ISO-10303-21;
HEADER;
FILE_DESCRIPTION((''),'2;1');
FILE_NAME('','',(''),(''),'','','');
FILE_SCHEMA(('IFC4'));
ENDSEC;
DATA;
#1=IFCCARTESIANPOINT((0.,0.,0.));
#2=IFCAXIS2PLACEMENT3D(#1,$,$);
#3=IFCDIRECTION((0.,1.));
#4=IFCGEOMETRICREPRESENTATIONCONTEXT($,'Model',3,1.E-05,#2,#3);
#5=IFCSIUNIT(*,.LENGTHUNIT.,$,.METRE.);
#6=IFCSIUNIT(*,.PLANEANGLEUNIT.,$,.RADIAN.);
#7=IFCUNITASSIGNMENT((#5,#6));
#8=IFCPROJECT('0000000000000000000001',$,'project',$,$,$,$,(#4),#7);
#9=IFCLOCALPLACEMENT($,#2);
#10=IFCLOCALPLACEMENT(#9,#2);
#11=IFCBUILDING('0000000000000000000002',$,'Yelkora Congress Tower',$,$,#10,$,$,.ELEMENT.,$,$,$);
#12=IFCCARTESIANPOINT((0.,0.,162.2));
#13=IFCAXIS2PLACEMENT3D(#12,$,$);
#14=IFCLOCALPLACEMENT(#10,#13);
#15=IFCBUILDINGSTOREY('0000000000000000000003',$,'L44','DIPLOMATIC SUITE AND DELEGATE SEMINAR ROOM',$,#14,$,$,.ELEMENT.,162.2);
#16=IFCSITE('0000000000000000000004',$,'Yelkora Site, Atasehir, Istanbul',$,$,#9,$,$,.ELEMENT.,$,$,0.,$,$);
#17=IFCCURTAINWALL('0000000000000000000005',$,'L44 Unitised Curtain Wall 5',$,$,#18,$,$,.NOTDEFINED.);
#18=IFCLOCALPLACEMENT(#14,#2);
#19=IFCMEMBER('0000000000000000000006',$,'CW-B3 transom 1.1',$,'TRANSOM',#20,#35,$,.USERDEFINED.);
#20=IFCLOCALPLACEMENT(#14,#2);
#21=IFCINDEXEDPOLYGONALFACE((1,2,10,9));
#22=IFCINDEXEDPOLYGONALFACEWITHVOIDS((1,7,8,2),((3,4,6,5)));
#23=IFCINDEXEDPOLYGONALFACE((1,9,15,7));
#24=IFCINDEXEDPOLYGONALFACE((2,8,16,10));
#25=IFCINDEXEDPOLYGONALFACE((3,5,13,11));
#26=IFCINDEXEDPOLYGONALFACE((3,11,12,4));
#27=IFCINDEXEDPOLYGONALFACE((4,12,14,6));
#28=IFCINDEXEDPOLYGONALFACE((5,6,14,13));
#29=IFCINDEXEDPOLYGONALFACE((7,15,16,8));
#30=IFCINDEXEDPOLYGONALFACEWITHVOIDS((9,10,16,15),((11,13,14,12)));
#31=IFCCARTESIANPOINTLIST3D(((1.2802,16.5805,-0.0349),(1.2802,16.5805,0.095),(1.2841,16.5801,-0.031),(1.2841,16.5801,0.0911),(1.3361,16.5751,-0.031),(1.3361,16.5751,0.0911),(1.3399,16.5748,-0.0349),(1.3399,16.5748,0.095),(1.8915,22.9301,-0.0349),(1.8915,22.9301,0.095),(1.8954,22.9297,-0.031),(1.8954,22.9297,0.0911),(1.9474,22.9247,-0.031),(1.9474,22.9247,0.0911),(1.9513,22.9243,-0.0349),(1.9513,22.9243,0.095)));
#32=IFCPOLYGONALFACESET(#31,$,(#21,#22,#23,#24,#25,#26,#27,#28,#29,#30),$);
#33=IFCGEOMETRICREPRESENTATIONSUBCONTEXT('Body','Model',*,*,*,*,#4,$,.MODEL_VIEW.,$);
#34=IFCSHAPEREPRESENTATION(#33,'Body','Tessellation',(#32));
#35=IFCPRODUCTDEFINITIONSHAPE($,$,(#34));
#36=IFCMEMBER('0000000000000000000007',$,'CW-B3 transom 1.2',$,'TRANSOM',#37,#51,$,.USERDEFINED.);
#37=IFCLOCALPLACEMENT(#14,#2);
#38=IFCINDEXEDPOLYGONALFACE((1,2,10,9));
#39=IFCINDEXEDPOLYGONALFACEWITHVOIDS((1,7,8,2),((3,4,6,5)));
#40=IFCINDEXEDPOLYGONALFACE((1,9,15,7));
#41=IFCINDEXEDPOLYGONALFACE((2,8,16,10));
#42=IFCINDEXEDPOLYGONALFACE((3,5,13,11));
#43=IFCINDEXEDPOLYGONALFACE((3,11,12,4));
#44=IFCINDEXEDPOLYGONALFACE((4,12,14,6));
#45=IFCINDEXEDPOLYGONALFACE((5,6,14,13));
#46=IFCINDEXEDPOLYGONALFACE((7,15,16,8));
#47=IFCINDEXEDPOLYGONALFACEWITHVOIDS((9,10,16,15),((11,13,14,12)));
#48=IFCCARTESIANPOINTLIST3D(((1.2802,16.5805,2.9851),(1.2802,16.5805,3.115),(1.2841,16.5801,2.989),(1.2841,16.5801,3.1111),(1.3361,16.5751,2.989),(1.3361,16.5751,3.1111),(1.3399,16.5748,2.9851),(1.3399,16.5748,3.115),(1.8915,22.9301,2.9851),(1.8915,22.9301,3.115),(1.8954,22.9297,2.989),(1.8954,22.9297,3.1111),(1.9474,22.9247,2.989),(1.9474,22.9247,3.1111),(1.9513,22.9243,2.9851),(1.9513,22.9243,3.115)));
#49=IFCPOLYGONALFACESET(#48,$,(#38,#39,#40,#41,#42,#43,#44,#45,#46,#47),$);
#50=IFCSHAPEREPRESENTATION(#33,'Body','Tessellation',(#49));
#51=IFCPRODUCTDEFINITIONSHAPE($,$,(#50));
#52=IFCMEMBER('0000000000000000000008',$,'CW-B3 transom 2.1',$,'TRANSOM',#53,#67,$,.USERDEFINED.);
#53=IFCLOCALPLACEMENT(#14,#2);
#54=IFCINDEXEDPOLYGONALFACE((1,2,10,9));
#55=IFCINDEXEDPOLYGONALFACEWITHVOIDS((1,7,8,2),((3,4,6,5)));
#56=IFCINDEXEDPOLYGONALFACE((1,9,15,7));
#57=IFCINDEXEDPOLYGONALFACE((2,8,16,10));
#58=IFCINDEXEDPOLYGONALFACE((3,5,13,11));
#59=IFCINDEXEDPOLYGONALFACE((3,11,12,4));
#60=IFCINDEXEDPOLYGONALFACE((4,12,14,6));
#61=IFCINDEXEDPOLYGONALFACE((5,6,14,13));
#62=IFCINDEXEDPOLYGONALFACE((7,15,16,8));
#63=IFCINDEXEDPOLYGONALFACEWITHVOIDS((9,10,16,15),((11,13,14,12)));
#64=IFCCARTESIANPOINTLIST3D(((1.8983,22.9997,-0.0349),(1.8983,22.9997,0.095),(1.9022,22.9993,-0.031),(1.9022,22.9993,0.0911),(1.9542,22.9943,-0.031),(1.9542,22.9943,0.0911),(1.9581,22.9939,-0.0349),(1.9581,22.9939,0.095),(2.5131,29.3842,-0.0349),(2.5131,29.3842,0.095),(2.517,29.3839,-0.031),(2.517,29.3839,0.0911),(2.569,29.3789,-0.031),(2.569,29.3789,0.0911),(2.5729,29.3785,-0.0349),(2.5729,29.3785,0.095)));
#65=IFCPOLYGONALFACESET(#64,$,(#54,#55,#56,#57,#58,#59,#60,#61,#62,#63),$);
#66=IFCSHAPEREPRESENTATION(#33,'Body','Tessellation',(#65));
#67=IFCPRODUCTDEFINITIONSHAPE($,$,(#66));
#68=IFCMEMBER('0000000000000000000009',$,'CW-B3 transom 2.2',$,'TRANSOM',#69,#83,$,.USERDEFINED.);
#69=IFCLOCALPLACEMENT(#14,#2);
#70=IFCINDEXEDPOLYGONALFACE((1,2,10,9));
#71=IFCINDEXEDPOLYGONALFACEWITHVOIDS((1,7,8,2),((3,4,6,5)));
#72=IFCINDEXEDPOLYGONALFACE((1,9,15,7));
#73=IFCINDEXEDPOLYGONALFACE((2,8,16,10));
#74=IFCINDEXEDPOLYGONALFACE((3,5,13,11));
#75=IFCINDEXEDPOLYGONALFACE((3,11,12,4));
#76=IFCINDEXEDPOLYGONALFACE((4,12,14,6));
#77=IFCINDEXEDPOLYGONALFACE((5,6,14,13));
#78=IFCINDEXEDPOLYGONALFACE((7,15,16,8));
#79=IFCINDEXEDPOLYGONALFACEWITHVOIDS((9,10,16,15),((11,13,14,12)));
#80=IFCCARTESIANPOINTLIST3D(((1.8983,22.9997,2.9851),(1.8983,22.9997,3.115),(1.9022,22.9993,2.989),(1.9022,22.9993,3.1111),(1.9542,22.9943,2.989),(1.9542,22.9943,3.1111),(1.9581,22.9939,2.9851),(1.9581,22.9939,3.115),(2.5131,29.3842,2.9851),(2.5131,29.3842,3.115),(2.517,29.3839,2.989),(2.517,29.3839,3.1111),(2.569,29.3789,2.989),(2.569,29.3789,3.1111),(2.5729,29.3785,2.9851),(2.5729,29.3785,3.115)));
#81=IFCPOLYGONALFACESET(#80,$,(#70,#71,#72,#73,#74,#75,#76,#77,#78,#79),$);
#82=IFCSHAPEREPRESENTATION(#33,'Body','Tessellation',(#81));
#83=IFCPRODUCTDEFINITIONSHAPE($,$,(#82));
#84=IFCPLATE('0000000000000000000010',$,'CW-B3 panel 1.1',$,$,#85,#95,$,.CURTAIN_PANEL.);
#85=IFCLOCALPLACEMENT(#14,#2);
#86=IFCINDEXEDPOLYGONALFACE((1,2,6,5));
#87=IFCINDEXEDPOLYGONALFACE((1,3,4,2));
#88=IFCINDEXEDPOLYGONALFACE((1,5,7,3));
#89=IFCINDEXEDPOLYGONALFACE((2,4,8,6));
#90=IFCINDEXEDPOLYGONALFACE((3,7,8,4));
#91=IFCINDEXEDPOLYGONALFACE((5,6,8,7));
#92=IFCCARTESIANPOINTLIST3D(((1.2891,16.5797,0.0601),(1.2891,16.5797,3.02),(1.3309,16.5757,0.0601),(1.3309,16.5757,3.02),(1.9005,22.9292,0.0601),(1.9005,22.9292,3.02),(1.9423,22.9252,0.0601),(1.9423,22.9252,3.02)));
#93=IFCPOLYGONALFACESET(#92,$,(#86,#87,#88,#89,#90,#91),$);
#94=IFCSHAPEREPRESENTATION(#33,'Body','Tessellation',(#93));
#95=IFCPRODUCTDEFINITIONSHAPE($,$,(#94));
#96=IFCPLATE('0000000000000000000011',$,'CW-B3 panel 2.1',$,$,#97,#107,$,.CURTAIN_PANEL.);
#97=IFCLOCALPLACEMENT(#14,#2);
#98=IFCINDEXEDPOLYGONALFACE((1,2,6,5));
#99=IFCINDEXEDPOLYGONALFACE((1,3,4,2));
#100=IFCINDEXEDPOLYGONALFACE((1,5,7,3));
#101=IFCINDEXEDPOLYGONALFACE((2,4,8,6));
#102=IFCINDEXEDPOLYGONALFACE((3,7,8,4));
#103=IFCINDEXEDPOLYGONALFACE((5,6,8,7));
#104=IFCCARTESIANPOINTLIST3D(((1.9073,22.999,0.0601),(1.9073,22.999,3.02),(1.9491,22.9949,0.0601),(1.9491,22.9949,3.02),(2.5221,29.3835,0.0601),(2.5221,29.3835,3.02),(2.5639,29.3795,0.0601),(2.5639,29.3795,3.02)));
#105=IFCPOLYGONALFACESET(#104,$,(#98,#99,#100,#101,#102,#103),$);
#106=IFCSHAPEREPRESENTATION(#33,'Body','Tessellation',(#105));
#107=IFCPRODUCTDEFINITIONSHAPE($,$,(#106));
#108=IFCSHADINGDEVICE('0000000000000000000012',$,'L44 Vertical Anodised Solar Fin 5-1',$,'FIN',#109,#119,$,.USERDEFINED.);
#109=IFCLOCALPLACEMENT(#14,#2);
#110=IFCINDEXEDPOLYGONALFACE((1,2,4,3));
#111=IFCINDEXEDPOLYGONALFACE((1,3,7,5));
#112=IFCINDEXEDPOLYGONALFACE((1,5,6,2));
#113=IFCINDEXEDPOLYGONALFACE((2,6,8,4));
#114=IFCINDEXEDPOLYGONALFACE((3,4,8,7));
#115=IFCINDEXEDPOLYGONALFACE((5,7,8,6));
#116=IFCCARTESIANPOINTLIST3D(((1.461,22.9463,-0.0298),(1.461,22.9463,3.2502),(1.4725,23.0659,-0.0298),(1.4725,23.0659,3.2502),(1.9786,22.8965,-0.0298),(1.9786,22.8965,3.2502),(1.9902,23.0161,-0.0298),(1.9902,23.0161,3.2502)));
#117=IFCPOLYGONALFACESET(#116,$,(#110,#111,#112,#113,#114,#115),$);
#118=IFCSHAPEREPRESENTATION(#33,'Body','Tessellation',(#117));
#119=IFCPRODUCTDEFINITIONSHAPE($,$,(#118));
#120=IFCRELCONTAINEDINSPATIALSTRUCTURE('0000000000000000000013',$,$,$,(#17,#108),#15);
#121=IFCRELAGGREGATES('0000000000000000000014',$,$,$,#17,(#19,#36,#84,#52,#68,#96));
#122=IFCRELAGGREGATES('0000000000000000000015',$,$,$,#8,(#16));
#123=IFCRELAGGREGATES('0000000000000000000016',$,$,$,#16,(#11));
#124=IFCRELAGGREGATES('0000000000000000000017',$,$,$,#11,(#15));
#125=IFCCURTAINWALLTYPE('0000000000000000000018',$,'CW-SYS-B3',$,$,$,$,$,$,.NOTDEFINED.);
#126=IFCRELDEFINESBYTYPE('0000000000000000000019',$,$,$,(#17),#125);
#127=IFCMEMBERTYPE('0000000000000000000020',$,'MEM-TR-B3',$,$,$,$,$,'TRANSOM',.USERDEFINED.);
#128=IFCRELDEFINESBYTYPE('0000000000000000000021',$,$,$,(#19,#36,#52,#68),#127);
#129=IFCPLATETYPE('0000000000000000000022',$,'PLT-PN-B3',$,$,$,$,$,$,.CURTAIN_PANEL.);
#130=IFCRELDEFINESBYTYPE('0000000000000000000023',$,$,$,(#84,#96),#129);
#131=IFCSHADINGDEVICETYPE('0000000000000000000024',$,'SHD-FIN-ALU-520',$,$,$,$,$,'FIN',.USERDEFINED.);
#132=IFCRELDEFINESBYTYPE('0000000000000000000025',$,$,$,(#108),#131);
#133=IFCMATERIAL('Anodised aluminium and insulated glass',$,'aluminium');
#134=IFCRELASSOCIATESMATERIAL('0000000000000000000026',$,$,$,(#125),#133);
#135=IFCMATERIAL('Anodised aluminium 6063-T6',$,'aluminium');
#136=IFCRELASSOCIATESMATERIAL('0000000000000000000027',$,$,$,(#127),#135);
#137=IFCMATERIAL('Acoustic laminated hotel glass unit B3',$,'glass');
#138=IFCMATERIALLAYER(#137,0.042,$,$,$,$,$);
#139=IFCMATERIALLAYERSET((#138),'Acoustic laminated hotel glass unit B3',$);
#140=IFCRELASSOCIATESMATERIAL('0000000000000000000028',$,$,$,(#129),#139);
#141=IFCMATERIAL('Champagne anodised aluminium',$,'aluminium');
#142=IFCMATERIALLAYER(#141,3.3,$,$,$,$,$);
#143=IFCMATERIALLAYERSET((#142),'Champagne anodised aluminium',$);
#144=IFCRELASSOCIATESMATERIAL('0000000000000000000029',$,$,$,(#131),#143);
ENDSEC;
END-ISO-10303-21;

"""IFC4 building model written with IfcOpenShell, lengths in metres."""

from ifc_helpers import new_model, si_unit, direction, frame, origin, origin_2d, place, context, subcontext, project, spatial, rectangle, hollow_rectangle, extrude, material, layer, layer_set, material_profile, profile_set, type_object, element, aggregate, save


model = new_model("IFC4")

# Units and contexts
model_context = context("Model", 3, precision=1e-05, world=origin(), true_north=direction((0.0, 1.0)))
body_context = subcontext(model_context, "Body", "Model", "MODEL_VIEW")
ifc_project = project(units=[si_unit("LENGTHUNIT", "METRE"), si_unit("PLANEANGLEUNIT", "RADIAN")], contexts=[model_context])

# Site, building, storey
site_placement = place(None, origin())
site = spatial("IfcSite", under=ifc_project, at=site_placement, Name="Yelkora Site, Atasehir, Istanbul", CompositionType="ELEMENT", RefElevation=0.0)
building_placement = place(site_placement, origin())
building = spatial("IfcBuilding", under=site, at=building_placement, Name="Yelkora Congress Tower", CompositionType="ELEMENT")
storey_placement = place(building_placement, frame((0.0, 0.0, 162.2)))
storey = spatial("IfcBuildingStorey", under=building, at=storey_placement, Name="L44", Description="DIPLOMATIC SUITE AND DELEGATE SEMINAR ROOM", CompositionType="ELEMENT", Elevation=162.2)

# Curtain wall, members, plates
ifc_material_1 = material(Name="Anodised aluminium and insulated glass", Category="aluminium")
curtain_wall_type = type_object("IfcCurtainWallType", Name="CW-SYS-B3", PredefinedType="NOTDEFINED", material=ifc_material_1)
curtain_wall_placement = place(storey_placement, origin())
curtain_wall = element("IfcCurtainWall", 1, at=curtain_wall_placement, inside=storey, type_object=curtain_wall_type, Name="L44 Unitised Curtain Wall 5", PredefinedType="NOTDEFINED")
ifc_material_2 = material(Name="Anodised aluminium 6063-T6", Category="aluminium")
ifc_material_profile_1 = material_profile(ifc_material_2, hollow_rectangle(XDim=0.0601, YDim=0.1299, WallThickness=0.0039, at=origin_2d()), Name="ALU 60x130x4")
ifc_profile_set_1 = profile_set([ifc_material_profile_1], Name="Anodised aluminium 6063-T6")
member_type_1 = type_object("IfcMemberType", Name="MEM-TR-B3", ElementType="TRANSOM", PredefinedType="USERDEFINED", material=ifc_profile_set_1)
member_1_placement = place(storey_placement, frame((1.3101, 16.5776, 0.03), z_axis=(0.095835, 0.995397, 0.0), x_axis=(-0.995397, 0.095835, 0.0)))
member_1 = element("IfcMember", 2, at=member_1_placement, type_object=member_type_1, Name="CW-B3 transom 1.1", ObjectType="TRANSOM", PredefinedType="USERDEFINED", context=body_context, shape_type="SweptSolid", body=[
    extrude(hollow_rectangle(XDim=0.0601, YDim=0.1299, WallThickness=0.0039, at=origin_2d()), origin(), (0.0, 0.0, 1.0), 6.3789),
])
member_2_placement = place(storey_placement, frame((1.3101, 16.5776, 3.05), z_axis=(0.095835, 0.995397, 0.0), x_axis=(-0.995397, 0.095835, 0.0)))
member_2 = element("IfcMember", 3, at=member_2_placement, type_object=member_type_1, Name="CW-B3 transom 1.2", ObjectType="TRANSOM", PredefinedType="USERDEFINED", context=body_context, shape_type="SweptSolid", body=[
    extrude(hollow_rectangle(XDim=0.0601, YDim=0.1299, WallThickness=0.0039, at=origin_2d()), origin(), (0.0, 0.0, 1.0), 6.3789),
])
member_3_placement = place(storey_placement, frame((1.9282, 22.9968, 0.03), z_axis=(0.095844, 0.995396, 0.0), x_axis=(-0.995396, 0.095844, 0.0)))
member_3 = element("IfcMember", 4, at=member_3_placement, type_object=member_type_1, Name="CW-B3 transom 2.1", ObjectType="TRANSOM", PredefinedType="USERDEFINED", context=body_context, shape_type="SweptSolid", body=[
    extrude(hollow_rectangle(XDim=0.0601, YDim=0.1299, WallThickness=0.0039, at=origin_2d()), origin(), (0.0, 0.0, 1.0), 6.4141),
])
member_4_placement = place(storey_placement, frame((1.9282, 22.9968, 3.05), z_axis=(0.095844, 0.995396, 0.0), x_axis=(-0.995396, 0.095844, 0.0)))
member_4 = element("IfcMember", 5, at=member_4_placement, type_object=member_type_1, Name="CW-B3 transom 2.2", ObjectType="TRANSOM", PredefinedType="USERDEFINED", context=body_context, shape_type="SweptSolid", body=[
    extrude(hollow_rectangle(XDim=0.0601, YDim=0.1299, WallThickness=0.0039, at=origin_2d()), origin(), (0.0, 0.0, 1.0), 6.4141),
])
ifc_material_3 = material(Name="Acoustic laminated hotel glass unit B3", Category="glass")
ifc_layer_1 = layer(ifc_material_3, 0.042)
ifc_layer_set_1 = layer_set([ifc_layer_1], Name="Acoustic laminated hotel glass unit B3")
plate_type = type_object("IfcPlateType", Name="PLT-PN-B3", PredefinedType="CURTAIN_PANEL", material=ifc_layer_set_1)
plate_1_placement = place(storey_placement, frame((1.6157, 19.7524, 0.0601), z_axis=(0.0, 0.0, 1.0), x_axis=(0.095845, 0.995396, 0.0)))
plate_1 = element("IfcPlate", 6, at=plate_1_placement, type_object=plate_type, Name="CW-B3 panel 1.1", PredefinedType="CURTAIN_PANEL", context=body_context, shape_type="SweptSolid", body=[
    extrude(rectangle(XDim=6.3789, YDim=0.042, at=origin_2d()), origin(), (0.0, 0.0, 1.0), 2.96),
])
plate_2_placement = place(storey_placement, frame((2.2356, 26.1892, 0.0601), z_axis=(0.0, 0.0, 1.0), x_axis=(0.095845, 0.995396, 0.0)))
plate_2 = element("IfcPlate", 7, at=plate_2_placement, type_object=plate_type, Name="CW-B3 panel 2.1", PredefinedType="CURTAIN_PANEL", context=body_context, shape_type="SweptSolid", body=[
    extrude(rectangle(XDim=6.4141, YDim=0.042, at=origin_2d()), origin(), (0.0, 0.0, 1.0), 2.96),
])
aggregate(curtain_wall, [member_1, member_2, plate_1, member_3, member_4, plate_2])

# Shading device
ifc_material_4 = material(Name="Champagne anodised aluminium", Category="aluminium")
ifc_layer_2 = layer(ifc_material_4, 3.3)
ifc_layer_set_2 = layer_set([ifc_layer_2], Name="Champagne anodised aluminium")
shading_device_type = type_object("IfcShadingDeviceType", Name="SHD-FIN-ALU-520", ElementType="FIN", PredefinedType="USERDEFINED", material=ifc_layer_set_2)
shading_device_placement = place(storey_placement, frame((1.7256, 22.9812, -0.0298), z_axis=(0.0, 0.0, 1.0), x_axis=(0.095846, 0.995396, 0.0)))
element("IfcShadingDevice", 8, at=shading_device_placement, inside=storey, type_object=shading_device_type, Name="L44 Vertical Anodised Solar Fin 5-1", ObjectType="FIN", PredefinedType="USERDEFINED", context=body_context, shape_type="SweptSolid", body=[
    extrude(rectangle(XDim=0.1201, YDim=0.52, at=origin_2d()), origin(), (0.0, 0.0, 1.0), 3.28),
])

save(model, "model.ifc")
